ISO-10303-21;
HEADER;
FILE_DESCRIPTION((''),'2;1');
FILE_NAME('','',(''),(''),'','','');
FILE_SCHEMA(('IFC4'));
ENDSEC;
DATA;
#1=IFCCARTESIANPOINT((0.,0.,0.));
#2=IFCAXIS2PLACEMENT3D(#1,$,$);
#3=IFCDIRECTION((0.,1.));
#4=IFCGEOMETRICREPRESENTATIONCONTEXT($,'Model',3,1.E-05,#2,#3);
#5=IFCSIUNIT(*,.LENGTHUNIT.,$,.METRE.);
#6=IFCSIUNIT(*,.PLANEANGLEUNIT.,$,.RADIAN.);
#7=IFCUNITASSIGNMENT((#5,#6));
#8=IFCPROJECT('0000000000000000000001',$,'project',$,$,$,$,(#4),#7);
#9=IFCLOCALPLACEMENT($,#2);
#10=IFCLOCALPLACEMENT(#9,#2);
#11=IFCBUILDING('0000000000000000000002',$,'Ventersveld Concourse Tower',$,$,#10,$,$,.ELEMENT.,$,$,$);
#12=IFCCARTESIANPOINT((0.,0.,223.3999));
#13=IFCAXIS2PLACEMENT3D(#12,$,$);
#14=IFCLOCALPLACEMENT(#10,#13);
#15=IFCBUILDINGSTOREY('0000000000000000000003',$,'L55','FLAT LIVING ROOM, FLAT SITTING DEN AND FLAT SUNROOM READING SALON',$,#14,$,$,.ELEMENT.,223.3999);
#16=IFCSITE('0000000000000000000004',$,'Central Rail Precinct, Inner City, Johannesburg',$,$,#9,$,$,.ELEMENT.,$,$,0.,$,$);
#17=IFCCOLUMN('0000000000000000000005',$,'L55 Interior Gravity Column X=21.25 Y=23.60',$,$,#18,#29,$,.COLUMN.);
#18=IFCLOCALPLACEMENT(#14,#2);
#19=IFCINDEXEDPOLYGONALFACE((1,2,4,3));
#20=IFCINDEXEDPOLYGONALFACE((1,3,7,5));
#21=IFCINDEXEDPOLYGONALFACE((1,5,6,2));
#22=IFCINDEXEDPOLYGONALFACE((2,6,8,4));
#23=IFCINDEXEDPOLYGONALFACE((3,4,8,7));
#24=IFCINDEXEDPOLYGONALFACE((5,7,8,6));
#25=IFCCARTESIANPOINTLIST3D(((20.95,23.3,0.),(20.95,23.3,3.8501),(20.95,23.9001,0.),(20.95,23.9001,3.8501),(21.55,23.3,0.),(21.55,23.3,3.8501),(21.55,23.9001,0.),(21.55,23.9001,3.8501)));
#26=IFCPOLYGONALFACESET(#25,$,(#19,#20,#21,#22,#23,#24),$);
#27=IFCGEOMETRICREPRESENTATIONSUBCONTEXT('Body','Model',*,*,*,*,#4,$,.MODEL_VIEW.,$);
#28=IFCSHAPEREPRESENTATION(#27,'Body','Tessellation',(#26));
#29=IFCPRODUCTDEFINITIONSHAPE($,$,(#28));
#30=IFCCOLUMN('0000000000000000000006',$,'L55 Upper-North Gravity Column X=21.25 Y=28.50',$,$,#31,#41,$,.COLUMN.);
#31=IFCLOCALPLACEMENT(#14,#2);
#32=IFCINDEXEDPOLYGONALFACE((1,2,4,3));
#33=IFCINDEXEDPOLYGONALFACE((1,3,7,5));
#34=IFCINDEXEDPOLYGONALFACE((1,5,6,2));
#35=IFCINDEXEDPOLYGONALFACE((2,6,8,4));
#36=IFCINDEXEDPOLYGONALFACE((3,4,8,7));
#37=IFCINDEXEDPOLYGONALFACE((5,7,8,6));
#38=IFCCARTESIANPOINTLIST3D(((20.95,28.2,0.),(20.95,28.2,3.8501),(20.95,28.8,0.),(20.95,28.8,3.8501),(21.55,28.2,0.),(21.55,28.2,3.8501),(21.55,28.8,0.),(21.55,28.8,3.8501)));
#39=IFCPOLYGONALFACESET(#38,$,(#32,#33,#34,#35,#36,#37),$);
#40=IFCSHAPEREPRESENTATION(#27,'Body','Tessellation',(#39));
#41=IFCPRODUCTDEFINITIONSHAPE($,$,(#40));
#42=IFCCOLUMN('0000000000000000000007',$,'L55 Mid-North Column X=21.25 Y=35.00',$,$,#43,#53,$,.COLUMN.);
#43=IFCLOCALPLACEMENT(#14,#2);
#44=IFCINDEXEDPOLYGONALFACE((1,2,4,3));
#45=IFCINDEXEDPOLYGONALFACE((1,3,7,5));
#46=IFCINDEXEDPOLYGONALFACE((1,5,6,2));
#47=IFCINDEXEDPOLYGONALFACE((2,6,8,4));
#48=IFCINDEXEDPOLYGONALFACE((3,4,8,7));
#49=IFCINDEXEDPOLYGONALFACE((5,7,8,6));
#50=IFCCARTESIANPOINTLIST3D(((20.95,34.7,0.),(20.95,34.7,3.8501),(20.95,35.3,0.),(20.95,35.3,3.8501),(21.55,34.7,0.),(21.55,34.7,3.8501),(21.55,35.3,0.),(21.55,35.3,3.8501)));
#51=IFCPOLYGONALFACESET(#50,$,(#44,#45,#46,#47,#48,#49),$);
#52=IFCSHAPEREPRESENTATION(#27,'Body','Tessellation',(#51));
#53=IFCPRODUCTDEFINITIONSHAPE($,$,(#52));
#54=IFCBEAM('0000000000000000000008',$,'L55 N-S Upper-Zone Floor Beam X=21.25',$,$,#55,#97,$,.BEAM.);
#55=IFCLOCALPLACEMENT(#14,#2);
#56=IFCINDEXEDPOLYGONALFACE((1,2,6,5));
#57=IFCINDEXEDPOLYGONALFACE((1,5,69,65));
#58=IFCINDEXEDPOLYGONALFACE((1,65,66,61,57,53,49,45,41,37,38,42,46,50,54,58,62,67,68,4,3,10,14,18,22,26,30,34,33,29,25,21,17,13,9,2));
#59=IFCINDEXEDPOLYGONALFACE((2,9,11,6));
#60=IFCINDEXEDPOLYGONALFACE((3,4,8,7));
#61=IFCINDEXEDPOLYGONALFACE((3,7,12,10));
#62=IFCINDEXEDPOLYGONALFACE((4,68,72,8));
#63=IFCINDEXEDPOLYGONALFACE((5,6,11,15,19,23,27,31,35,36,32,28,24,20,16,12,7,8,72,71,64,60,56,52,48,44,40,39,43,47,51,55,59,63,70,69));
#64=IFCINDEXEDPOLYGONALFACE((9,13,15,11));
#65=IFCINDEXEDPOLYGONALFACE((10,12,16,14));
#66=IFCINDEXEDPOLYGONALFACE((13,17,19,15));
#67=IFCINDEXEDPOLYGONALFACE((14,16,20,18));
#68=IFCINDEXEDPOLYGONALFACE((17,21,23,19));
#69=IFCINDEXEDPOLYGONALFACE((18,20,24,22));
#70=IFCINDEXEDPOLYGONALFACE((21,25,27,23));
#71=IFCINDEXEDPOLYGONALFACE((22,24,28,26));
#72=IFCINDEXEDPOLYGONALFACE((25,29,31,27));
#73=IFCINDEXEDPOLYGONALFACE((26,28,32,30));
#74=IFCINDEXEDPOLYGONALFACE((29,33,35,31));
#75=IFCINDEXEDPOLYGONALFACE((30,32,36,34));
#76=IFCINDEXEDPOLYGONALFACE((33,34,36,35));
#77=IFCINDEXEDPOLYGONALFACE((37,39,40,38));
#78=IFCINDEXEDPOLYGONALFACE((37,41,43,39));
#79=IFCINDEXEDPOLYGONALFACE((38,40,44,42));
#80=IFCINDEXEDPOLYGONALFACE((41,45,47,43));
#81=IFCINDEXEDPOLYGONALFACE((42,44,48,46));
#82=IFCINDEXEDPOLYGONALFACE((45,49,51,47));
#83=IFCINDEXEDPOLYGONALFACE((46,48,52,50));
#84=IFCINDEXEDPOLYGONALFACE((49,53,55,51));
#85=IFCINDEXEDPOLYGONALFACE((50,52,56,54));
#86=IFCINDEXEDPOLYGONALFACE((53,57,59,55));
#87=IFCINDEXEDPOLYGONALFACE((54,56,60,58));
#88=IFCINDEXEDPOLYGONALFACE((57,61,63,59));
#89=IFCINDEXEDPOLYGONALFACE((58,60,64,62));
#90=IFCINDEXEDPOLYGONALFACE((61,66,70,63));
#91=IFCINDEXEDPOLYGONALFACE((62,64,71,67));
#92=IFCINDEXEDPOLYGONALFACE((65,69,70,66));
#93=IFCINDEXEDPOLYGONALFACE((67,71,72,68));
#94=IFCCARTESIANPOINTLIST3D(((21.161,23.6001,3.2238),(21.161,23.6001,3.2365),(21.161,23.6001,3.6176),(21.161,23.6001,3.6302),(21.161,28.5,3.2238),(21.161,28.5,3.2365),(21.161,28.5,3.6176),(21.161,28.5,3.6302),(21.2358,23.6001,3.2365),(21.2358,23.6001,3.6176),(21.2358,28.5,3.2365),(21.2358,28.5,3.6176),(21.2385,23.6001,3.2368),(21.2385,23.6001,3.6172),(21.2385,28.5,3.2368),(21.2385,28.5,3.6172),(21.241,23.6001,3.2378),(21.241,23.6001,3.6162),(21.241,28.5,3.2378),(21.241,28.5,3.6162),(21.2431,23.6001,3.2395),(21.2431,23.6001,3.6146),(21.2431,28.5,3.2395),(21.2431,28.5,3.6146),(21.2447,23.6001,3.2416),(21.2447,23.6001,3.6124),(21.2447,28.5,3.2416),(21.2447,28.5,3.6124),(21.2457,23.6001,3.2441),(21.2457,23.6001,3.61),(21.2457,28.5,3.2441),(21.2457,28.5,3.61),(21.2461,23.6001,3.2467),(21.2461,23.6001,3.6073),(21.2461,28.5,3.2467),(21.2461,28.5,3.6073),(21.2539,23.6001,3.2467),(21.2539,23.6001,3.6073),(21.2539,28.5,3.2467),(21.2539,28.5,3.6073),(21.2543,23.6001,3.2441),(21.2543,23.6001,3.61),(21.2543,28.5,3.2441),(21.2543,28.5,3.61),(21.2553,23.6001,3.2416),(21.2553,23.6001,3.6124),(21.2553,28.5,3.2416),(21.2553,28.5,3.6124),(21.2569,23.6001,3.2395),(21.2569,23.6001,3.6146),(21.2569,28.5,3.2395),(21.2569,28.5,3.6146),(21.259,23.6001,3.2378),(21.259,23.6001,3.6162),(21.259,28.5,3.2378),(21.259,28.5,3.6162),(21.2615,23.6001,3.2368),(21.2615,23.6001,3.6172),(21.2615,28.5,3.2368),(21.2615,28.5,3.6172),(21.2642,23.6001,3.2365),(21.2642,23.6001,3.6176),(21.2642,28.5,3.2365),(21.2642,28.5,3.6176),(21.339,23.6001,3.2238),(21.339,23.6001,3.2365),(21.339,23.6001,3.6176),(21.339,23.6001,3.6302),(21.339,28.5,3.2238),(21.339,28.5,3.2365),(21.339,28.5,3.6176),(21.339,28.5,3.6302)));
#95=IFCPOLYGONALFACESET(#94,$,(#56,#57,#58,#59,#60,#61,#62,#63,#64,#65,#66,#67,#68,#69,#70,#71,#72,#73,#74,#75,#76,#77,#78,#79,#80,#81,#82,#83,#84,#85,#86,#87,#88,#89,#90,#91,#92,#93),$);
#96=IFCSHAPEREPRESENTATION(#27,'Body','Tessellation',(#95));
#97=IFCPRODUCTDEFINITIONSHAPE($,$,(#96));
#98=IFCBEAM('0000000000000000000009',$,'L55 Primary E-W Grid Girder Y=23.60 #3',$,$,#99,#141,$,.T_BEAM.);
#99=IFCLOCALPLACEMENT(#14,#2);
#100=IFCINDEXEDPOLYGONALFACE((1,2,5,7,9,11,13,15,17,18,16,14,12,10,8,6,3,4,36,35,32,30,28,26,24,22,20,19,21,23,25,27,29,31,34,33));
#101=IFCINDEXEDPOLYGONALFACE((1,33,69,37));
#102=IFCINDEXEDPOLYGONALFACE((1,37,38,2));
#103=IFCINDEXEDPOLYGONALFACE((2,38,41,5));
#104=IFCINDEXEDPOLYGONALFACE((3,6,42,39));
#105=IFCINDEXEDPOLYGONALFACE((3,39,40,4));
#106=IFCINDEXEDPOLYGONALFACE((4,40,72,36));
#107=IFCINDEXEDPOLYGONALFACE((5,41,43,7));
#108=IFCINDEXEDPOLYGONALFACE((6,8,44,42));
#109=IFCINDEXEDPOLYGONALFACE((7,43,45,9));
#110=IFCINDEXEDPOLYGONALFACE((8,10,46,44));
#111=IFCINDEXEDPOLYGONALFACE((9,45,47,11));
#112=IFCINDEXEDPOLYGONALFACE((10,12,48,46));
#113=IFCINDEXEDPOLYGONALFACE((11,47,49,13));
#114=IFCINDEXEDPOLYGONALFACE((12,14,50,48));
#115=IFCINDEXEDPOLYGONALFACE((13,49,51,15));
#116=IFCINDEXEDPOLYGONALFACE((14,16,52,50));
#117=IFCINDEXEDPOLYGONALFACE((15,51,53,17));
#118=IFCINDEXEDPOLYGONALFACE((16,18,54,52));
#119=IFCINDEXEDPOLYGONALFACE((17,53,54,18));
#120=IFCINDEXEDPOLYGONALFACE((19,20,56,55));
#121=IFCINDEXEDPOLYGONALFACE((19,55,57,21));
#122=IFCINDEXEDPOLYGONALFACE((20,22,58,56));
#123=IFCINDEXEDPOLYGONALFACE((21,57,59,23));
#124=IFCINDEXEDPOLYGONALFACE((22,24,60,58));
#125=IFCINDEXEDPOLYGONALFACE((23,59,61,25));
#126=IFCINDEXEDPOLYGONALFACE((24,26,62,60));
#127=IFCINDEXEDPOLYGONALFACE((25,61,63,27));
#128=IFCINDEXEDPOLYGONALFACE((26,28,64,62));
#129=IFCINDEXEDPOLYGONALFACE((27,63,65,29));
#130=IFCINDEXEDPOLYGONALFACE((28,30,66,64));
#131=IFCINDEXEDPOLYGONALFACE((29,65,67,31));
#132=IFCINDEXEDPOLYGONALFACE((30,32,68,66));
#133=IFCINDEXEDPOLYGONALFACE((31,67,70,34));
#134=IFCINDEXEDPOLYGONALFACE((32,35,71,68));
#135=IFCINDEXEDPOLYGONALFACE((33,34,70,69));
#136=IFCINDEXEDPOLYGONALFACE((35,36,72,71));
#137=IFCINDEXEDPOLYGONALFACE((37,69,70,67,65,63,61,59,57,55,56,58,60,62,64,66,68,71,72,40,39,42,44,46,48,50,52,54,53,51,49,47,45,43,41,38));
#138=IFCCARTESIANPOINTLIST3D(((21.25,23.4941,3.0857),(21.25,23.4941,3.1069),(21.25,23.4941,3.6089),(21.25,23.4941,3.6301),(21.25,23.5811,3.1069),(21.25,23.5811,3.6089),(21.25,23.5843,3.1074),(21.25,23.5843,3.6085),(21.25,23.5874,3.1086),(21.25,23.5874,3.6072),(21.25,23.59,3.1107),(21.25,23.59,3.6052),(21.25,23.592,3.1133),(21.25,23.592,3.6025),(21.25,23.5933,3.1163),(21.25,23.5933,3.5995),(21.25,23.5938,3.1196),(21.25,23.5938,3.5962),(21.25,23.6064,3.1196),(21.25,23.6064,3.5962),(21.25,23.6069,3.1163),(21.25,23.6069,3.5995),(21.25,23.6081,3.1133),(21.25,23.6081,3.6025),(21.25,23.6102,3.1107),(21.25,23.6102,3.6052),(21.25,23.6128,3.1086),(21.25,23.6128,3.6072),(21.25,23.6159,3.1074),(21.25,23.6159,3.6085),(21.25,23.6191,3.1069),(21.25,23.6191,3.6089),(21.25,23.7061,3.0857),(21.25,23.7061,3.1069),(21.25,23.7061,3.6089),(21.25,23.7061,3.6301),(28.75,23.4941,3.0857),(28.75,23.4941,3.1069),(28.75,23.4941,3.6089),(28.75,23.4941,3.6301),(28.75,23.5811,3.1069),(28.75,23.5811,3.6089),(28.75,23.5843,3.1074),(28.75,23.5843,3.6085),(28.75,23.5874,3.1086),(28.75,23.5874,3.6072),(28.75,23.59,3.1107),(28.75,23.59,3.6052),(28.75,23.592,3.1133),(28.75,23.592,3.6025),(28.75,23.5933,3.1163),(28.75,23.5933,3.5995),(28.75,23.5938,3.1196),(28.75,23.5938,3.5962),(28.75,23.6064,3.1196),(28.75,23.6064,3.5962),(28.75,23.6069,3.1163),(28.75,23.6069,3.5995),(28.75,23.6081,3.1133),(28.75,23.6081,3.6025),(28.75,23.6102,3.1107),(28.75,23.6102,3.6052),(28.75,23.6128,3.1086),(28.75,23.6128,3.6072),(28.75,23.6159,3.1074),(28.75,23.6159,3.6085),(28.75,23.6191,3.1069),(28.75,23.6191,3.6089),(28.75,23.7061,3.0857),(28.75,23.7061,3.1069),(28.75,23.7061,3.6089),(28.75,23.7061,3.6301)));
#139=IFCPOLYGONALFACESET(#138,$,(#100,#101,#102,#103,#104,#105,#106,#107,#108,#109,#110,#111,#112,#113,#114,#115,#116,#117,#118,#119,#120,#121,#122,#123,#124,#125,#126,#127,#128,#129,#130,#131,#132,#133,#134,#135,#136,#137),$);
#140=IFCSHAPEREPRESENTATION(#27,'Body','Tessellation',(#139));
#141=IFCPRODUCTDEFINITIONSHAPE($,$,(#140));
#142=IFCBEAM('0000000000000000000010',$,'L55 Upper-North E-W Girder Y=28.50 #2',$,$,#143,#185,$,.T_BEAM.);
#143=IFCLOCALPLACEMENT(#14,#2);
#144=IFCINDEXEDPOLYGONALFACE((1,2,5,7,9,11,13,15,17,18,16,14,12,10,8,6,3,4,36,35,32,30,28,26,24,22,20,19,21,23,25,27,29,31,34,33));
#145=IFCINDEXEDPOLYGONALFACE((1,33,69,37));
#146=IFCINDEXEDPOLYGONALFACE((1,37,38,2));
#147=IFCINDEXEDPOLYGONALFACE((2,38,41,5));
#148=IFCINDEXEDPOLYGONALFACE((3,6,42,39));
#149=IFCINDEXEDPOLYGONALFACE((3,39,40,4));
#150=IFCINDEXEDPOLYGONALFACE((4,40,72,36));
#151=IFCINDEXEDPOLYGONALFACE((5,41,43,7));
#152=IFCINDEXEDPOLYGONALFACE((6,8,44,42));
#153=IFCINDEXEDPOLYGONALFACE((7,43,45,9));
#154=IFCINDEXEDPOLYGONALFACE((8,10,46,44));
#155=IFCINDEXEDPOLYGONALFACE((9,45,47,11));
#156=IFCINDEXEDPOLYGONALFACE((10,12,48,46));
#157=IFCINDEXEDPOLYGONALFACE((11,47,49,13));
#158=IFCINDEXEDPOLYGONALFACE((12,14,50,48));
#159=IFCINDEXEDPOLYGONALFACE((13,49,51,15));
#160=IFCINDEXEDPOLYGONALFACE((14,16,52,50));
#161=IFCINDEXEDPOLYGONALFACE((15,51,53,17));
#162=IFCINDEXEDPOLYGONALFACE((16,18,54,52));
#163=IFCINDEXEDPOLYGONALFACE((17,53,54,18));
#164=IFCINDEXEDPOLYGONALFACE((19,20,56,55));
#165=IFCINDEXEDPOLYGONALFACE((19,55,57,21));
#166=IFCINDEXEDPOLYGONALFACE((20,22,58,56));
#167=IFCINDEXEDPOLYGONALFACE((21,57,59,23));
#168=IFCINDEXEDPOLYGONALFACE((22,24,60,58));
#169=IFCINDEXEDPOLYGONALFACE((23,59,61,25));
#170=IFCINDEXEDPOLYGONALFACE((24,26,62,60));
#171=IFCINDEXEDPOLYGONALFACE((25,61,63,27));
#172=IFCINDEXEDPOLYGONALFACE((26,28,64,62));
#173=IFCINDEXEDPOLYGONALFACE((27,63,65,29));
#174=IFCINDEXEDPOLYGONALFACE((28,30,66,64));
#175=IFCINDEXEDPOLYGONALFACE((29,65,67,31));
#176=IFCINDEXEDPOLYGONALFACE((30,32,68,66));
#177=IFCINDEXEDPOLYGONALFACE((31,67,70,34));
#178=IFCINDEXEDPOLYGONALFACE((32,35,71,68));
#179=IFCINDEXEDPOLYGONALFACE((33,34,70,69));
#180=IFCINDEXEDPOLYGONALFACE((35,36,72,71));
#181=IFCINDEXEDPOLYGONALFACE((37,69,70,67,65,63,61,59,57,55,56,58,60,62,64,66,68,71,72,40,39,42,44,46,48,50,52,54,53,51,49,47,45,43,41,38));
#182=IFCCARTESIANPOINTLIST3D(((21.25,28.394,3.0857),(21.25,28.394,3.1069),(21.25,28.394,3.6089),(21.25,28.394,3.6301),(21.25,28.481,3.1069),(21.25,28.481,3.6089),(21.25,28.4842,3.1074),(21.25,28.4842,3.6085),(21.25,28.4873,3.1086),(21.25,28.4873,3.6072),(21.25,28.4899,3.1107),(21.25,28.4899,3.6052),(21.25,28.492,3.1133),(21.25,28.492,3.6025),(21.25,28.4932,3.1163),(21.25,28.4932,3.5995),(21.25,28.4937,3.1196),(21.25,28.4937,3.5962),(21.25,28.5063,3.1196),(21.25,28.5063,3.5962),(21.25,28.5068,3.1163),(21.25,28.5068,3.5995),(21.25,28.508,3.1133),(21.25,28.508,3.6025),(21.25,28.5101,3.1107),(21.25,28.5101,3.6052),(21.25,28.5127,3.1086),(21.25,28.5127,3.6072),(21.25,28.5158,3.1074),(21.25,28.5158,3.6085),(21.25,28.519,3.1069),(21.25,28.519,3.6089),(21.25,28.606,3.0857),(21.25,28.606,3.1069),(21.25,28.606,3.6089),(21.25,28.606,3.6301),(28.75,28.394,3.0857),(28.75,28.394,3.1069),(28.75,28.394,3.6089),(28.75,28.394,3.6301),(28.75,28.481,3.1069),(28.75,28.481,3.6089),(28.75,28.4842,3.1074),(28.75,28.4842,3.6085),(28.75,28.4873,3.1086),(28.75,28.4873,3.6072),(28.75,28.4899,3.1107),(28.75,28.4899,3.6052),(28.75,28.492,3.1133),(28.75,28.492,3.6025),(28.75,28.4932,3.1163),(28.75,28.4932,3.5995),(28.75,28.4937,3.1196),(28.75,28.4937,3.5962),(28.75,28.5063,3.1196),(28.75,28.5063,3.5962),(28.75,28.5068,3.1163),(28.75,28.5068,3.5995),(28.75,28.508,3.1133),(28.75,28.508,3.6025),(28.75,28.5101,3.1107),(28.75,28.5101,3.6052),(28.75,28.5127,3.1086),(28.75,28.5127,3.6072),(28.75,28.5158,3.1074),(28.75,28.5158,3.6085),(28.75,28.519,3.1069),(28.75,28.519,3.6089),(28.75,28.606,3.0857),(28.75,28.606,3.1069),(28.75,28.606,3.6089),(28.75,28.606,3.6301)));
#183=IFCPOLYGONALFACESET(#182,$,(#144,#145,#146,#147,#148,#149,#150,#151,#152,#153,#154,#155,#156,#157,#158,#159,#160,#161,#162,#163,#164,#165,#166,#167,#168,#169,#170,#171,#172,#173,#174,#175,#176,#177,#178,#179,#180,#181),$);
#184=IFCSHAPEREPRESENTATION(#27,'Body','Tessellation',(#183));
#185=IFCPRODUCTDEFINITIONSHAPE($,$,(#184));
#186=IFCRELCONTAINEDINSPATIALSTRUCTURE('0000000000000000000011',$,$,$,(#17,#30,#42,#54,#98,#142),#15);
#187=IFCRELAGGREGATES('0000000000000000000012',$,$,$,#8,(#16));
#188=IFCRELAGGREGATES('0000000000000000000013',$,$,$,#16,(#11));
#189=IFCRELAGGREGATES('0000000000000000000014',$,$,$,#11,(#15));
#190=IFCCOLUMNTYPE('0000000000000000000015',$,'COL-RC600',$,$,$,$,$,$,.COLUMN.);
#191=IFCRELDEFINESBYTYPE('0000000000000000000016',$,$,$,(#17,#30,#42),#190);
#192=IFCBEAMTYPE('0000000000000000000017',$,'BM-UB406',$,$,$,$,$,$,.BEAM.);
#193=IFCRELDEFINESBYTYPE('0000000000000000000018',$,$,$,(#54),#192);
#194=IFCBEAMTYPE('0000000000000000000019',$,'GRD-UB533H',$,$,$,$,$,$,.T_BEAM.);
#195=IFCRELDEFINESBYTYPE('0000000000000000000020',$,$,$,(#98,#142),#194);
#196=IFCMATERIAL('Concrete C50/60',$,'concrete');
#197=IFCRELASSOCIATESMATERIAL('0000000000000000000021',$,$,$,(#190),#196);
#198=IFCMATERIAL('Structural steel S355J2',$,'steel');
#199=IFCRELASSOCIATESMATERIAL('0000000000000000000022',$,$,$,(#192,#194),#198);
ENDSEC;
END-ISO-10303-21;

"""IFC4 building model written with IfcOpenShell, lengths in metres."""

from ifc_helpers import new_model, si_unit, direction, frame, origin, origin_2d, place, context, subcontext, project, spatial, rectangle, i_section, extrude, material, material_profile, profile_set, type_object, element, save


model = new_model("IFC4")

# Units and contexts
model_context = context("Model", 3, precision=1e-05, world=origin(), true_north=direction((0.0, 1.0)))
body_context = subcontext(model_context, "Body", "Model", "MODEL_VIEW")
ifc_project = project(units=[si_unit("LENGTHUNIT", "METRE"), si_unit("PLANEANGLEUNIT", "RADIAN")], contexts=[model_context])

# Site, building, storey
site_placement = place(None, origin())
site = spatial("IfcSite", under=ifc_project, at=site_placement, Name="Central Rail Precinct, Inner City, Johannesburg", CompositionType="ELEMENT", RefElevation=0.0)
building_placement = place(site_placement, origin())
building = spatial("IfcBuilding", under=site, at=building_placement, Name="Ventersveld Concourse Tower", CompositionType="ELEMENT")
storey_placement = place(building_placement, frame((0.0, 0.0, 223.3999)))
storey = spatial("IfcBuildingStorey", under=building, at=storey_placement, Name="L55", Description="FLAT LIVING ROOM, FLAT SITTING DEN AND FLAT SUNROOM READING SALON", CompositionType="ELEMENT", Elevation=223.3999)

# Columns
ifc_material_1 = material(Name="Concrete C50/60", Category="concrete")
ifc_material_profile_1 = material_profile(ifc_material_1, rectangle(XDim=0.6001, YDim=0.6001, at=origin_2d()), Name="RC 600x600")
ifc_profile_set_1 = profile_set([ifc_material_profile_1], Name="Concrete C50/60")
column_type = type_object("IfcColumnType", Name="COL-RC600", PredefinedType="COLUMN", material=ifc_profile_set_1)
for number, where, z_axis, x_axis, name in (
    (1, (21.25, 23.6001, 0.0), (0.0, 0.0, 1.0), (1.0, 0.0, 0.0), "L55 Interior Gravity Column X=21.25 Y=23.60"),
    (2, (21.25, 28.5, 0.0), (0.0, 0.0, 1.0), (1.0, 0.0, 0.0), "L55 Upper-North Gravity Column X=21.25 Y=28.50"),
    (3, (21.25, 35.0, 0.0), (0.0, 0.0, 1.0), (1.0, 0.0, 0.0), "L55 Mid-North Column X=21.25 Y=35.00"),
):
    element("IfcColumn", number, at=place(storey_placement, frame(where, z_axis=z_axis, x_axis=x_axis)), inside=storey, type_object=column_type, Name=name, PredefinedType="COLUMN", context=body_context, shape_type="SweptSolid", body=[
        extrude(rectangle(XDim=0.6001, YDim=0.6001, at=origin_2d()), origin(), (0.0, 0.0, 1.0), 3.8501),
    ])

# Beams
ifc_material_2 = material(Name="Structural steel S355J2", Category="steel")
ifc_material_profile_2 = material_profile(ifc_material_2, i_section(OverallWidth=0.178, OverallDepth=0.4065, WebThickness=0.0078, FlangeThickness=0.0127, FilletRadius=0.0103, at=origin_2d()), Name="UB 406x178x60")
ifc_profile_set_2 = profile_set([ifc_material_profile_2], Name="Structural steel S355J2")
beam_type_1 = type_object("IfcBeamType", Name="BM-UB406", PredefinedType="BEAM", material=ifc_profile_set_2)
beam_placement = place(storey_placement, frame((21.25, 23.6001, 3.427), z_axis=(0.0, 1.0, 0.0), x_axis=(-1.0, 0.0, 0.0)))
element("IfcBeam", 4, at=beam_placement, inside=storey, type_object=beam_type_1, Name="L55 N-S Upper-Zone Floor Beam X=21.25", PredefinedType="BEAM", context=body_context, shape_type="SweptSolid", body=[
    extrude(i_section(OverallWidth=0.178, OverallDepth=0.4065, WebThickness=0.0078, FlangeThickness=0.0127, FilletRadius=0.0103, at=origin_2d()), origin(), (0.0, 0.0, 1.0), 4.8999),
])
ifc_material_profile_3 = material_profile(ifc_material_2, i_section(OverallWidth=0.2119, OverallDepth=0.5444, WebThickness=0.0127, FlangeThickness=0.0212, FilletRadius=0.0127, at=origin_2d()), Name="UB 533x210x122")
ifc_profile_set_3 = profile_set([ifc_material_profile_3], Name="Structural steel S355J2")
beam_type_2 = type_object("IfcBeamType", Name="GRD-UB533H", PredefinedType="T_BEAM", material=ifc_profile_set_3)
for number, where, z_axis, x_axis, name in (
    (5, (21.25, 23.6001, 3.3579), (1.0, 0.0, 0.0), (0.0, 1.0, 0.0), "L55 Primary E-W Grid Girder Y=23.60 #3"),
    (6, (21.25, 28.5, 3.3579), (1.0, 0.0, 0.0), (0.0, 1.0, 0.0), "L55 Upper-North E-W Girder Y=28.50 #2"),
):
    element("IfcBeam", number, at=place(storey_placement, frame(where, z_axis=z_axis, x_axis=x_axis)), inside=storey, type_object=beam_type_2, Name=name, PredefinedType="T_BEAM", context=body_context, shape_type="SweptSolid", body=[
        extrude(i_section(OverallWidth=0.2119, OverallDepth=0.5444, WebThickness=0.0127, FlangeThickness=0.0212, FilletRadius=0.0127, at=origin_2d()), origin(), (0.0, 0.0, 1.0), 7.5),
    ])

save(model, "model.ifc")
